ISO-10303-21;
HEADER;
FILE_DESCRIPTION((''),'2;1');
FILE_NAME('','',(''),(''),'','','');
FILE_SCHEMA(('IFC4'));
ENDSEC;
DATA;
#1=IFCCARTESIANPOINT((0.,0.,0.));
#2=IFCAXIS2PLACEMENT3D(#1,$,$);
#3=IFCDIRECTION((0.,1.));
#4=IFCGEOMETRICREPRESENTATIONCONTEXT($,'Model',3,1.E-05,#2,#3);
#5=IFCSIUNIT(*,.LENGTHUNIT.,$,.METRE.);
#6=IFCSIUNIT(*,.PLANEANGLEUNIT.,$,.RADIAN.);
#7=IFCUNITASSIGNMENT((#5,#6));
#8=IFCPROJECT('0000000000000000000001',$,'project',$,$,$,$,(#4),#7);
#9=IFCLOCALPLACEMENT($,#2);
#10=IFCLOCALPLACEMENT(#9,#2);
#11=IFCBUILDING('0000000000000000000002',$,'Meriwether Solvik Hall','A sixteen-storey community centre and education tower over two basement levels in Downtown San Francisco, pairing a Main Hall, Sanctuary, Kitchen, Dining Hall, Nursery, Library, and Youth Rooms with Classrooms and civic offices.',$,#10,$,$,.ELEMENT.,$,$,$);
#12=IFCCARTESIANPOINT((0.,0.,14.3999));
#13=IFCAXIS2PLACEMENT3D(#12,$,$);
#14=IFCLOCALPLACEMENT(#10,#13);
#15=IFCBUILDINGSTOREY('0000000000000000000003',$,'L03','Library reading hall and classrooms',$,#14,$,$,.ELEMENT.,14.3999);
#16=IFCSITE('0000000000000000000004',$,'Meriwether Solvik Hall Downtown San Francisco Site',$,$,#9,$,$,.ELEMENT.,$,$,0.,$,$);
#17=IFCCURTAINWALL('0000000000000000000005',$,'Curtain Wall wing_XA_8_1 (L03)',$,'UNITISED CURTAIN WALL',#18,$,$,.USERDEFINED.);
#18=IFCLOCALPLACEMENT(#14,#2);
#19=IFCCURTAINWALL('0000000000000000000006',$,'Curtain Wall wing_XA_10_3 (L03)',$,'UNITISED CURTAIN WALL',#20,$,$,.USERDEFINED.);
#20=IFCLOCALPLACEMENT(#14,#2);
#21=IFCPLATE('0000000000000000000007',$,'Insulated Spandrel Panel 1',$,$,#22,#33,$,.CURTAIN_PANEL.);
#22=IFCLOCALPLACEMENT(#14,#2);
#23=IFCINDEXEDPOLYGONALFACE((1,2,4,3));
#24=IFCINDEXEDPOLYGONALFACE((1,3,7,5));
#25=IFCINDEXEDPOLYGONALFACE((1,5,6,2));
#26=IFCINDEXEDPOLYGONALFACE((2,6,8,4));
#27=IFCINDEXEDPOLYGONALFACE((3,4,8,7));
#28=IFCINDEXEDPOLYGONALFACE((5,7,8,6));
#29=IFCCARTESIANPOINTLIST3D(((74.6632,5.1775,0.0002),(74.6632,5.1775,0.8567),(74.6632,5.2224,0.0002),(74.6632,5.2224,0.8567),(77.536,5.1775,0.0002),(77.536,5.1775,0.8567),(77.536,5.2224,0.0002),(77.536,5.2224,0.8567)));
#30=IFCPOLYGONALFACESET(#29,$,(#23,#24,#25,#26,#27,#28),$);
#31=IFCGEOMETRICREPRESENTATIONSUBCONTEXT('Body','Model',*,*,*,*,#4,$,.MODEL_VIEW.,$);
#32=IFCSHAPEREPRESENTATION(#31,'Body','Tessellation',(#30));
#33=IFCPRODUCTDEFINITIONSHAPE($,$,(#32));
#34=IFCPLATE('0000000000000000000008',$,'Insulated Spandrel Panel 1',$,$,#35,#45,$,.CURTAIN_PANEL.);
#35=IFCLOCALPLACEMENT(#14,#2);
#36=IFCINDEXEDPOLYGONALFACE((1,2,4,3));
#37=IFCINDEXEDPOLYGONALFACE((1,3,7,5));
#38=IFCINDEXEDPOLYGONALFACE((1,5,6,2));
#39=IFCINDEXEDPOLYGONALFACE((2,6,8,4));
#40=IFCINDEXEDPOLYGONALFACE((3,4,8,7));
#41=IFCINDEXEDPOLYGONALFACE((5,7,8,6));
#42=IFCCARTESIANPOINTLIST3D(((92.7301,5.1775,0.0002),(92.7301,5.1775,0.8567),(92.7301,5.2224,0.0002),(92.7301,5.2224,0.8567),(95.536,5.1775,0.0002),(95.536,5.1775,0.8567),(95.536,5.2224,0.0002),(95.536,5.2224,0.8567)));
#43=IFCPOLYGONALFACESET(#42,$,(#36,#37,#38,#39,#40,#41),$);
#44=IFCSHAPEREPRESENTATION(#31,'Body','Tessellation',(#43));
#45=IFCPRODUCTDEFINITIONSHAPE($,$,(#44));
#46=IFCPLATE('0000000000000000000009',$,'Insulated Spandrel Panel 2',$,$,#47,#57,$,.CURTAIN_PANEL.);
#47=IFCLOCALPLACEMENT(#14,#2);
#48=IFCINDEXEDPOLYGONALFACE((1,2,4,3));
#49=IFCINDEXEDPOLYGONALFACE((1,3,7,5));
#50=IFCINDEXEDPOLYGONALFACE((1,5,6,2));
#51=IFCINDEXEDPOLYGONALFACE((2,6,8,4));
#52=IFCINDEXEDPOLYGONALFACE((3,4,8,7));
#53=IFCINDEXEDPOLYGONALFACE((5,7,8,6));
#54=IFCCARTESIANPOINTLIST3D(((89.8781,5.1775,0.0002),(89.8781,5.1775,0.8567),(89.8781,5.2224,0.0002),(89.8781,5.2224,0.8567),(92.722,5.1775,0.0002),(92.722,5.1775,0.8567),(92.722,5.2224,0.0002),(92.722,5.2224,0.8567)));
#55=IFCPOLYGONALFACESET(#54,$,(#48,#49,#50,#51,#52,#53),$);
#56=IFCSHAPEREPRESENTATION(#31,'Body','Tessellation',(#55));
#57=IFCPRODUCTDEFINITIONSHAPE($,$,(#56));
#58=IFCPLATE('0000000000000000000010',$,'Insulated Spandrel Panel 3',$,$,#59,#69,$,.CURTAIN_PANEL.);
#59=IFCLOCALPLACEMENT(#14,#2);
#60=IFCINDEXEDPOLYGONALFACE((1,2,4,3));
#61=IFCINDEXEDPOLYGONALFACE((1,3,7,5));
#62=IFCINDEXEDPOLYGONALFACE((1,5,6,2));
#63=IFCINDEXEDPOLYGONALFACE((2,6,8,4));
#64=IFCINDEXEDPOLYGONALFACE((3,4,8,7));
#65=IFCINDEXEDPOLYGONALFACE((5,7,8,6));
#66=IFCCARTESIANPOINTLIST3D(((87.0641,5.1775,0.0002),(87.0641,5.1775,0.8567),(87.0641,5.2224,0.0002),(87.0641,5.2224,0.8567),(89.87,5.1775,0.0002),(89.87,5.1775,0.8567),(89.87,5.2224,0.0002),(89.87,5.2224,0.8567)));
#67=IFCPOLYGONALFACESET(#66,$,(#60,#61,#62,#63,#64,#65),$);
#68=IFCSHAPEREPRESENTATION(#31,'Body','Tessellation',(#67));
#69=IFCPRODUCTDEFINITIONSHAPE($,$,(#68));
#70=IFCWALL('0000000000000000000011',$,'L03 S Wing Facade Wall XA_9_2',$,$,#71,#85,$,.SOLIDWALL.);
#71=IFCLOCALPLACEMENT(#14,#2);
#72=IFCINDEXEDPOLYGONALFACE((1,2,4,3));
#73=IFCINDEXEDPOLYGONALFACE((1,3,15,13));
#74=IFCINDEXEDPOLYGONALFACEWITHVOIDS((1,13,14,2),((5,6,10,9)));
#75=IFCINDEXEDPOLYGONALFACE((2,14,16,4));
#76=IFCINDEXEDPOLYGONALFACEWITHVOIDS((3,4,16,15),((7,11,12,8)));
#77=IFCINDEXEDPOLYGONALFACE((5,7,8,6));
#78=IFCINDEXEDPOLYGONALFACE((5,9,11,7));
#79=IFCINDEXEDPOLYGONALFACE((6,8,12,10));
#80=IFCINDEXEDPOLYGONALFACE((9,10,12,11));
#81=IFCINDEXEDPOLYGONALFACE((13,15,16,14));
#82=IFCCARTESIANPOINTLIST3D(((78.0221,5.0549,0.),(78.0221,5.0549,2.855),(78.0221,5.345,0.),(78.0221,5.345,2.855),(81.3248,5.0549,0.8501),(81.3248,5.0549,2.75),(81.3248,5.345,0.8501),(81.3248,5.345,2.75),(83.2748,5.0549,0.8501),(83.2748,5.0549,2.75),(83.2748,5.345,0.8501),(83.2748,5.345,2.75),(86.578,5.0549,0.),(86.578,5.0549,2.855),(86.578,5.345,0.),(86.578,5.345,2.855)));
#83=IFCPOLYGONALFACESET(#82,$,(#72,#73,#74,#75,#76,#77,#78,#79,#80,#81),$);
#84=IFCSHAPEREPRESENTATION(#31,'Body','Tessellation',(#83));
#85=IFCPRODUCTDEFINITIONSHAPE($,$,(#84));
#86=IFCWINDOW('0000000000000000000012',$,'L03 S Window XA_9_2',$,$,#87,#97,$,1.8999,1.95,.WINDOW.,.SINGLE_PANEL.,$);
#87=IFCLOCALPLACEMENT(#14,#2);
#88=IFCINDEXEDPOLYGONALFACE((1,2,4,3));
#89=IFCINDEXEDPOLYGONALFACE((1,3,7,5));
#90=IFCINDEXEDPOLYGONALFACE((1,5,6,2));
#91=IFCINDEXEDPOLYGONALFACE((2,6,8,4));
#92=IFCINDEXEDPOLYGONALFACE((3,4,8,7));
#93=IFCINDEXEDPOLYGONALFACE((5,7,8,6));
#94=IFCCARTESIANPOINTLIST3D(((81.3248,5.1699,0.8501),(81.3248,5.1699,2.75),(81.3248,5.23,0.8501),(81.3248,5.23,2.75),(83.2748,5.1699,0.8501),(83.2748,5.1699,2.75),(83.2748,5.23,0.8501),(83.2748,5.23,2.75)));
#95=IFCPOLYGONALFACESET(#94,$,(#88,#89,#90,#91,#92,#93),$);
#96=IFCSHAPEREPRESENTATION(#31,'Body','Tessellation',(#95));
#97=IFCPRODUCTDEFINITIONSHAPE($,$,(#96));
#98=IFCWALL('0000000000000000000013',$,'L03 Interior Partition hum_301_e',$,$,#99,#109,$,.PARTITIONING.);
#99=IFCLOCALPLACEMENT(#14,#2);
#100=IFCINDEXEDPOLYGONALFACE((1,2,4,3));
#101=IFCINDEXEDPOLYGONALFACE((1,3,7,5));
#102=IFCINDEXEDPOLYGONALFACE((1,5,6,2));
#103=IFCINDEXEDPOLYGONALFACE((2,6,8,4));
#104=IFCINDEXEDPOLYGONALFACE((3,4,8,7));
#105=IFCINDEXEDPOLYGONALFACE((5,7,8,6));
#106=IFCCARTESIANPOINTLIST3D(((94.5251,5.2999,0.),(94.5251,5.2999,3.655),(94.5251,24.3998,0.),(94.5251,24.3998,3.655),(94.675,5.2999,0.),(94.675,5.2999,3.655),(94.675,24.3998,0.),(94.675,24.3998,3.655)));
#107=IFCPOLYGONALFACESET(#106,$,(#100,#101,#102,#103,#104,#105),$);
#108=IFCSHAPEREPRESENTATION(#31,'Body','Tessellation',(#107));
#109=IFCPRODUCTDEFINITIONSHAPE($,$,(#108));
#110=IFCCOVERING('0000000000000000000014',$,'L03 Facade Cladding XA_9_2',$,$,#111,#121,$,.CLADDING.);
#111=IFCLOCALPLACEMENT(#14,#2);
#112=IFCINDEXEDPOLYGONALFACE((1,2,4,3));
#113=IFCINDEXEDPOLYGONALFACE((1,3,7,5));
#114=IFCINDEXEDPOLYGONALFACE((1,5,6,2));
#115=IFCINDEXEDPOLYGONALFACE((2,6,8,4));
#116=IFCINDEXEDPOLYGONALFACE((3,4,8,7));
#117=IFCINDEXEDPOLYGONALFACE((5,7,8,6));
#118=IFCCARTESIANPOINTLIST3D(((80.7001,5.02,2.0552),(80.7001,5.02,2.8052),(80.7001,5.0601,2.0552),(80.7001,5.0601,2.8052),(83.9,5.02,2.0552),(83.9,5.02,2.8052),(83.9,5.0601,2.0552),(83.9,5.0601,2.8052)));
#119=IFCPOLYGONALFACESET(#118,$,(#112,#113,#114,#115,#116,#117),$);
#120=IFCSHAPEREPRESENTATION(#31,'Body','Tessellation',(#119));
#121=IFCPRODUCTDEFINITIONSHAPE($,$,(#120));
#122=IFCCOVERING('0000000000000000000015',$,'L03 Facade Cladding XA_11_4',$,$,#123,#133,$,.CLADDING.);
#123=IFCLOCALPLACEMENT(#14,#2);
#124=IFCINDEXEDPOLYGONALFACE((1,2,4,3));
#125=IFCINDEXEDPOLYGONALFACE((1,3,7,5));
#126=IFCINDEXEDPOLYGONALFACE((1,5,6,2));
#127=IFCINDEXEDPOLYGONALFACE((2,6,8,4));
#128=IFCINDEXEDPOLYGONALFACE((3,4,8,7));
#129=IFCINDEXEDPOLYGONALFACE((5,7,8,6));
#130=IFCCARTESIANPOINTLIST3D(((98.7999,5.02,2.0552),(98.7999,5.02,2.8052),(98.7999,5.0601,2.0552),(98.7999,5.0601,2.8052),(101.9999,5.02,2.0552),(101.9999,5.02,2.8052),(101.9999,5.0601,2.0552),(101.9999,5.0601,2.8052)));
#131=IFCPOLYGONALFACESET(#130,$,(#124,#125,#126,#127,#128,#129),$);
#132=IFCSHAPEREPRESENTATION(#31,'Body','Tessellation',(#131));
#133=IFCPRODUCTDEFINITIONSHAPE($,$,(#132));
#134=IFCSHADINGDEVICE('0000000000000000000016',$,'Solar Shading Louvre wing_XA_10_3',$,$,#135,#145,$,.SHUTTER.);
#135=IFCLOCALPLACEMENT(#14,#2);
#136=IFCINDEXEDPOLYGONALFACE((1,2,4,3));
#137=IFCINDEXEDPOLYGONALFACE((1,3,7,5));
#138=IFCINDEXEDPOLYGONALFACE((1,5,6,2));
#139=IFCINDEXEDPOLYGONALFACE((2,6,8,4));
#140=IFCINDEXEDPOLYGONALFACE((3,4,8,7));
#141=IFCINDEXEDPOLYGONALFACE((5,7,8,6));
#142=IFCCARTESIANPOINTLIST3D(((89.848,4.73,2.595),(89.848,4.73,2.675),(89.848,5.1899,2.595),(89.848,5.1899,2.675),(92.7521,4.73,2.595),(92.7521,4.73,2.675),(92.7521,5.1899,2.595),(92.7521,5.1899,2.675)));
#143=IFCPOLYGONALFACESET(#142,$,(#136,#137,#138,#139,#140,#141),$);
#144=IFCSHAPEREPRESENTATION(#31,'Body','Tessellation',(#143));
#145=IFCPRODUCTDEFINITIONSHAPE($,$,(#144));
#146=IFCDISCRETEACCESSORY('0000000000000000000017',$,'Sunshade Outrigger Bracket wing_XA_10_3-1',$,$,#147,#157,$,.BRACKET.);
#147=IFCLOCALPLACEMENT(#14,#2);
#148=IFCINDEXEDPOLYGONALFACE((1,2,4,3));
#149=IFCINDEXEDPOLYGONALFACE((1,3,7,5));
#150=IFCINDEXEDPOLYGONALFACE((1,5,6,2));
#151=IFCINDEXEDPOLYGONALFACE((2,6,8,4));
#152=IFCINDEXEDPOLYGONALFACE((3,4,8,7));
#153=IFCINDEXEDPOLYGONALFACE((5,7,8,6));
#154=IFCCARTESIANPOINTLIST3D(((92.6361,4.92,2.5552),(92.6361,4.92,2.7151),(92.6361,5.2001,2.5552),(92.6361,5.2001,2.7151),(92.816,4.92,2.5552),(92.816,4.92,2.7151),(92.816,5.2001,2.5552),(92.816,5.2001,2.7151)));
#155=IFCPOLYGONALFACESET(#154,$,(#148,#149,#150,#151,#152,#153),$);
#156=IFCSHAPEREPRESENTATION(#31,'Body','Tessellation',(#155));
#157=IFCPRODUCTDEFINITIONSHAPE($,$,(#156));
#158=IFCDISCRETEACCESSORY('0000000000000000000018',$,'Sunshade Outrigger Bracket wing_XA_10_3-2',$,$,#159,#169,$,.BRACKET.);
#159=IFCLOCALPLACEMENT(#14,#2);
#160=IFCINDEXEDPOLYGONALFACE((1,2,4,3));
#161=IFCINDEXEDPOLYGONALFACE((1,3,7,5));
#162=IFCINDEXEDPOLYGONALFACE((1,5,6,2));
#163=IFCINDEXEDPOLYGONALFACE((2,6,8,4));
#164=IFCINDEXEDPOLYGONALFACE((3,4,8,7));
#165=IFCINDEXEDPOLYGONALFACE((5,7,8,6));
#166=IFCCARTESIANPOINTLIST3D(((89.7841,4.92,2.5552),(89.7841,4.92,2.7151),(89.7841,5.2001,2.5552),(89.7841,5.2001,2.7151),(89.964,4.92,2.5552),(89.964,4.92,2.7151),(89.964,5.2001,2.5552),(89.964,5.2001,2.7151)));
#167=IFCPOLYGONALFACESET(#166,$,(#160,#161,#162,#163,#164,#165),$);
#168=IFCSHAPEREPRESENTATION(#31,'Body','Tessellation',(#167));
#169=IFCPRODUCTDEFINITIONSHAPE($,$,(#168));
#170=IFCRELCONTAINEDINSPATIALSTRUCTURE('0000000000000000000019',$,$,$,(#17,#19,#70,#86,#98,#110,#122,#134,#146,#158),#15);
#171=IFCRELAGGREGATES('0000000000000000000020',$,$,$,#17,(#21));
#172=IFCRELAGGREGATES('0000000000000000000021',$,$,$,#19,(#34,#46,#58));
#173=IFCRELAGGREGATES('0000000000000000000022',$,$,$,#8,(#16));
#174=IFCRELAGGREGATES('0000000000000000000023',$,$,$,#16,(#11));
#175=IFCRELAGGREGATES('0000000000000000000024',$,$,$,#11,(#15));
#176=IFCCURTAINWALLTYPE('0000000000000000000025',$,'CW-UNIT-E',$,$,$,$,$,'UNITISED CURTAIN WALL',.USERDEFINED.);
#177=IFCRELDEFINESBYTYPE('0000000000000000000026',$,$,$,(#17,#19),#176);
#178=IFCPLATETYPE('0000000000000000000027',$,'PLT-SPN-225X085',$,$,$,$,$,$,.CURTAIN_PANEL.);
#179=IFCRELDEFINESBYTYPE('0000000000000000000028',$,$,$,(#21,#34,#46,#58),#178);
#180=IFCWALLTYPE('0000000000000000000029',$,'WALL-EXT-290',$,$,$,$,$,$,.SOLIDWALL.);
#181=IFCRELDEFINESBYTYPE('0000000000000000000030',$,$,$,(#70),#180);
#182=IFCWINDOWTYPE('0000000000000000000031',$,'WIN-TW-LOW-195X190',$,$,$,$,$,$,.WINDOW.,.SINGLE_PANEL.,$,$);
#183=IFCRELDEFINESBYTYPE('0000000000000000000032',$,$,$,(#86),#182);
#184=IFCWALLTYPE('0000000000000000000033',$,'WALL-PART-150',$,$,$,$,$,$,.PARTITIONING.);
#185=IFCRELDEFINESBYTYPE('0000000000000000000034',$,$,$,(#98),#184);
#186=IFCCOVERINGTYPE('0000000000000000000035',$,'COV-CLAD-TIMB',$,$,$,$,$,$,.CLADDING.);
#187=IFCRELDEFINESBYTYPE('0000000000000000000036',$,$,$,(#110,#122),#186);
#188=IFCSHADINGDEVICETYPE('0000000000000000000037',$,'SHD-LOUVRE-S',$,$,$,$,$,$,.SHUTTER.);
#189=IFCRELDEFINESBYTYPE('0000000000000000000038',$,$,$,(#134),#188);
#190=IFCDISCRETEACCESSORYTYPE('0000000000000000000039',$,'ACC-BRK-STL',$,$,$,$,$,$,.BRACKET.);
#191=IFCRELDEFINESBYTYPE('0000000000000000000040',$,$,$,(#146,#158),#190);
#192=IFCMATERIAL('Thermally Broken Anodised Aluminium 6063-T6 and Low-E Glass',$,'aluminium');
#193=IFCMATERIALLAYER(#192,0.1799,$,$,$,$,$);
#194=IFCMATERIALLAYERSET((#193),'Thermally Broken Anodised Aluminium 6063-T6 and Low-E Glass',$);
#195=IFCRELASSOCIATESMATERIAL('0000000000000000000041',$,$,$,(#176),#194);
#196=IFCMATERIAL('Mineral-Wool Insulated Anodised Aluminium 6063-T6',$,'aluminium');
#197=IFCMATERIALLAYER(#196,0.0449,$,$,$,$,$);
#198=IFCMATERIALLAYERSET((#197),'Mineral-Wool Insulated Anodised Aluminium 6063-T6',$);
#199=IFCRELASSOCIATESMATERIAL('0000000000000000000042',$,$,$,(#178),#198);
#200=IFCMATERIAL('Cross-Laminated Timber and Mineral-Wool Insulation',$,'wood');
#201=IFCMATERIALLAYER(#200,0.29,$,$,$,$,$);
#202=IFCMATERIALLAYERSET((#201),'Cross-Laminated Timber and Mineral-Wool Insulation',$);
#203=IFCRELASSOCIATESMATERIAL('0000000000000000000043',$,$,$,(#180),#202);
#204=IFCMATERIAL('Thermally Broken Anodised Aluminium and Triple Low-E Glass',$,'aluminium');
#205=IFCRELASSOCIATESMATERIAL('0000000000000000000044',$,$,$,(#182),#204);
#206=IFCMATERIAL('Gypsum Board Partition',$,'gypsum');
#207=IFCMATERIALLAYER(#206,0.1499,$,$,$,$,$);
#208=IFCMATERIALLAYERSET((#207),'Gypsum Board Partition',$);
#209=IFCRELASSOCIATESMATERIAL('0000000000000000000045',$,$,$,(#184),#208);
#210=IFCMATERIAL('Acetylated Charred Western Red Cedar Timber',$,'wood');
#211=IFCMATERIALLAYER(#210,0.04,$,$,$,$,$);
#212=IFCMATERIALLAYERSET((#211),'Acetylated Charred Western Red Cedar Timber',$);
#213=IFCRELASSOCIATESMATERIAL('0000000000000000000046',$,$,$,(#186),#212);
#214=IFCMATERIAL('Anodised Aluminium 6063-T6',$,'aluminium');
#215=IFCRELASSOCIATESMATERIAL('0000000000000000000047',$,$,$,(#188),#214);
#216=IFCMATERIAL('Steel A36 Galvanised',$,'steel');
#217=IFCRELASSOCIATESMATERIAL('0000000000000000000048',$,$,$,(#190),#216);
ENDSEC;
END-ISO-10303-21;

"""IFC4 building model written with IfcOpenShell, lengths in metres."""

from ifc_helpers import new_model, si_unit, direction, frame, frame_2d, origin, origin_2d, place, context, subcontext, project, spatial, rectangle, extrude, material, layer, layer_set, type_object, element, fill, aggregate, save


model = new_model("IFC4")

# Units and contexts
model_context = context("Model", 3, precision=1e-05, world=origin(), true_north=direction((0.0, 1.0)))
body_context = subcontext(model_context, "Body", "Model", "MODEL_VIEW")
ifc_project = project(units=[si_unit("LENGTHUNIT", "METRE"), si_unit("PLANEANGLEUNIT", "RADIAN")], contexts=[model_context])

# Site, building, storey
site_placement = place(None, origin())
site = spatial("IfcSite", under=ifc_project, at=site_placement, Name="Meriwether Solvik Hall Downtown San Francisco Site", CompositionType="ELEMENT", RefElevation=0.0)
building_placement = place(site_placement, origin())
building = spatial("IfcBuilding", under=site, at=building_placement, Name="Meriwether Solvik Hall", Description="A sixteen-storey community centre and education tower over two basement levels in Downtown San Francisco, pairing a Main Hall, Sanctuary, Kitchen, Dining Hall, Nursery, Library, and Youth Rooms with Classrooms and civic offices.", CompositionType="ELEMENT")
storey_placement = place(building_placement, frame((0.0, 0.0, 14.3999)))
storey = spatial("IfcBuildingStorey", under=building, at=storey_placement, Name="L03", Description="Library reading hall and classrooms", CompositionType="ELEMENT", Elevation=14.3999)

# Curtain wall
ifc_material_1 = material(Name="Thermally Broken Anodised Aluminium 6063-T6 and Low-E Glass", Category="aluminium")
ifc_layer_1 = layer(ifc_material_1, 0.1799)
ifc_layer_set_1 = layer_set([ifc_layer_1], Name="Thermally Broken Anodised Aluminium 6063-T6 and Low-E Glass")
curtain_wall_type = type_object("IfcCurtainWallType", Name="CW-UNIT-E", ElementType="UNITISED CURTAIN WALL", PredefinedType="USERDEFINED", material=ifc_layer_set_1)
curtain_wall_1_placement = place(storey_placement, origin())
curtain_wall_1 = element("IfcCurtainWall", 1, at=curtain_wall_1_placement, inside=storey, type_object=curtain_wall_type, Name="Curtain Wall wing_XA_8_1 (L03)", ObjectType="UNITISED CURTAIN WALL", PredefinedType="USERDEFINED")

# Curtain wall
curtain_wall_2_placement = place(storey_placement, origin())
curtain_wall_2 = element("IfcCurtainWall", 2, at=curtain_wall_2_placement, inside=storey, type_object=curtain_wall_type, Name="Curtain Wall wing_XA_10_3 (L03)", ObjectType="UNITISED CURTAIN WALL", PredefinedType="USERDEFINED")

# Plates
ifc_material_2 = material(Name="Mineral-Wool Insulated Anodised Aluminium 6063-T6", Category="aluminium")
ifc_layer_2 = layer(ifc_material_2, 0.0449)
ifc_layer_set_2 = layer_set([ifc_layer_2], Name="Mineral-Wool Insulated Anodised Aluminium 6063-T6")
plate_type_1 = type_object("IfcPlateType", Name="PLT-SPN-225X085", PredefinedType="CURTAIN_PANEL", material=ifc_layer_set_2)
plate_1_placement = place(storey_placement, frame((76.0996, 5.2, 0.0002), z_axis=(0.0, 0.0, 1.0), x_axis=(-1.0, 0.0, 0.0)))
plate_1 = element("IfcPlate", 3, at=plate_1_placement, type_object=plate_type_1, Name="Insulated Spandrel Panel 1", PredefinedType="CURTAIN_PANEL", context=body_context, shape_type="SweptSolid", body=[
    extrude(rectangle(XDim=2.8728, YDim=0.0449, at=origin_2d()), origin(), (0.0, 0.0, 1.0), 0.8564),
])
aggregate(curtain_wall_1, [plate_1])
plate_2_placement = place(storey_placement, frame((94.1331, 5.2, 0.0002), z_axis=(0.0, 0.0, 1.0), x_axis=(-1.0, 0.0, 0.0)))
plate_2 = element("IfcPlate", 4, at=plate_2_placement, type_object=plate_type_1, Name="Insulated Spandrel Panel 1", PredefinedType="CURTAIN_PANEL", context=body_context, shape_type="SweptSolid", body=[
    extrude(rectangle(XDim=2.8059, YDim=0.0449, at=origin_2d()), origin(), (0.0, 0.0, 1.0), 0.8564),
])
plate_3_placement = place(storey_placement, frame((91.3, 5.2, 0.0002), z_axis=(0.0, 0.0, 1.0), x_axis=(-1.0, 0.0, 0.0)))
plate_3 = element("IfcPlate", 5, at=plate_3_placement, type_object=plate_type_1, Name="Insulated Spandrel Panel 2", PredefinedType="CURTAIN_PANEL", context=body_context, shape_type="SweptSolid", body=[
    extrude(rectangle(XDim=2.844, YDim=0.0449, at=origin_2d()), origin(), (0.0, 0.0, 1.0), 0.8564),
])
plate_4_placement = place(storey_placement, frame((88.467, 5.2, 0.0002), z_axis=(0.0, 0.0, 1.0), x_axis=(-1.0, 0.0, 0.0)))
plate_4 = element("IfcPlate", 6, at=plate_4_placement, type_object=plate_type_1, Name="Insulated Spandrel Panel 3", PredefinedType="CURTAIN_PANEL", context=body_context, shape_type="SweptSolid", body=[
    extrude(rectangle(XDim=2.8059, YDim=0.0449, at=origin_2d()), origin(), (0.0, 0.0, 1.0), 0.8564),
])
aggregate(curtain_wall_2, [plate_2, plate_3, plate_4])

# Wall, opening, window
ifc_material_3 = material(Name="Cross-Laminated Timber and Mineral-Wool Insulation", Category="wood")
ifc_layer_3 = layer(ifc_material_3, 0.29)
ifc_layer_set_3 = layer_set([ifc_layer_3], Name="Cross-Laminated Timber and Mineral-Wool Insulation")
wall_type_1 = type_object("IfcWallType", Name="WALL-EXT-290", PredefinedType="SOLIDWALL", material=ifc_layer_set_3)
wall_1_placement = place(storey_placement, frame((86.5779, 5.2, 0.0), z_axis=(0.0, 0.0, 1.0), x_axis=(-1.0, 0.0, 0.0)))
wall_1 = element("IfcWall", 7, at=wall_1_placement, inside=storey, type_object=wall_type_1, Name="L03 S Wing Facade Wall XA_9_2", PredefinedType="SOLIDWALL", context=body_context, shape_type="SweptSolid", body=[
    extrude(rectangle(XDim=8.5559, YDim=0.29, at=frame_2d((4.2778, 0.0))), origin(), (0.0, 0.0, 1.0), 2.855),
])
opening_placement = place(wall_1_placement, frame((3.303, 0.0, 0.8501)))
opening = element("IfcOpeningElement", 8, at=opening_placement, cuts=wall_1, PredefinedType="OPENING", context=body_context, shape_type="SweptSolid", body=[
    extrude(rectangle(XDim=1.95, YDim=1.8999, at=frame_2d((0.9751, 0.95))), frame((0.0, 0.157, 0.0), z_axis=(0.0, -1.0, 0.0), x_axis=(1.0, 0.0, 0.0)), (0.0, 0.0, 1.0), 0.314),
])
ifc_material_4 = material(Name="Thermally Broken Anodised Aluminium and Triple Low-E Glass", Category="aluminium")
window_type = type_object("IfcWindowType", Name="WIN-TW-LOW-195X190", PartitioningType="SINGLE_PANEL", PredefinedType="WINDOW", material=ifc_material_4)
window_placement = place(opening_placement, origin())
window = element("IfcWindow", 9, at=window_placement, inside=storey, type_object=window_type, Name="L03 S Window XA_9_2", OverallHeight=1.8999, OverallWidth=1.95, PartitioningType="SINGLE_PANEL", PredefinedType="WINDOW", context=body_context, shape_type="SweptSolid", body=[
    extrude(rectangle(XDim=1.95, YDim=1.8999, at=frame_2d((0.9751, 0.95))), frame((0.0, 0.03, 0.0), z_axis=(0.0, -1.0, 0.0), x_axis=(1.0, 0.0, 0.0)), (0.0, 0.0, 1.0), 0.0601),
])
fill(opening, window)

# Wall
ifc_material_5 = material(Name="Gypsum Board Partition", Category="gypsum")
ifc_layer_4 = layer(ifc_material_5, 0.1499)
ifc_layer_set_4 = layer_set([ifc_layer_4], Name="Gypsum Board Partition")
wall_type_2 = type_object("IfcWallType", Name="WALL-PART-150", PredefinedType="PARTITIONING", material=ifc_layer_set_4)
wall_2_placement = place(storey_placement, frame((94.6001, 5.3, 0.0), z_axis=(0.0, 0.0, 1.0), x_axis=(0.0, 1.0, 0.0)))
element("IfcWall", 10, at=wall_2_placement, inside=storey, type_object=wall_type_2, Name="L03 Interior Partition hum_301_e", PredefinedType="PARTITIONING", context=body_context, shape_type="SweptSolid", body=[
    extrude(rectangle(XDim=19.0999, YDim=0.1499, at=frame_2d((9.5498, 0.0))), origin(), (0.0, 0.0, 1.0), 3.655),
])

# Coverings
ifc_material_6 = material(Name="Acetylated Charred Western Red Cedar Timber", Category="wood")
ifc_layer_5 = layer(ifc_material_6, 0.04)
ifc_layer_set_5 = layer_set([ifc_layer_5], Name="Acetylated Charred Western Red Cedar Timber")
covering_type = type_object("IfcCoveringType", Name="COV-CLAD-TIMB", PredefinedType="CLADDING", material=ifc_layer_set_5)
for number, where, z_axis, x_axis, name in (
    (11, (82.3, 5.04, 2.0552), (0.0, 0.0, 1.0), (-1.0, 0.0, 0.0), "L03 Facade Cladding XA_9_2"),
    (12, (100.3999, 5.04, 2.0552), (0.0, 0.0, 1.0), (-1.0, 0.0, 0.0), "L03 Facade Cladding XA_11_4"),
):
    element("IfcCovering", number, at=place(storey_placement, frame(where, z_axis=z_axis, x_axis=x_axis)), inside=storey, type_object=covering_type, Name=name, PredefinedType="CLADDING", context=body_context, shape_type="SweptSolid", body=[
        extrude(rectangle(XDim=3.2, YDim=0.04, at=origin_2d()), origin(), (0.0, 0.0, 1.0), 0.75),
    ])

# Shading device
ifc_material_7 = material(Name="Anodised Aluminium 6063-T6", Category="aluminium")
shading_device_type = type_object("IfcShadingDeviceType", Name="SHD-LOUVRE-S", PredefinedType="SHUTTER", material=ifc_material_7)
shading_device_placement = place(storey_placement, frame((91.3, 4.96, 2.595), z_axis=(0.0, 0.0, 1.0), x_axis=(-1.0, 0.0, 0.0)))
element("IfcShadingDevice", 13, at=shading_device_placement, inside=storey, type_object=shading_device_type, Name="Solar Shading Louvre wing_XA_10_3", PredefinedType="SHUTTER", context=body_context, shape_type="SweptSolid", body=[
    extrude(rectangle(XDim=2.9041, YDim=0.46, at=origin_2d()), origin(), (0.0, 0.0, 1.0), 0.0801),
])

# Discrete accessories
ifc_material_8 = material(Name="Steel A36 Galvanised", Category="steel")
discrete_accessory_type = type_object("IfcDiscreteAccessoryType", Name="ACC-BRK-STL", PredefinedType="BRACKET", material=ifc_material_8)
for number, where, z_axis, x_axis, name in (
    (14, (92.7261, 5.0601, 2.5552), (0.0, 0.0, 1.0), (-1.0, 0.0, 0.0), "Sunshade Outrigger Bracket wing_XA_10_3-1"),
    (15, (89.874, 5.0601, 2.5552), (0.0, 0.0, 1.0), (-1.0, 0.0, 0.0), "Sunshade Outrigger Bracket wing_XA_10_3-2"),
):
    element("IfcDiscreteAccessory", number, at=place(storey_placement, frame(where, z_axis=z_axis, x_axis=x_axis)), inside=storey, type_object=discrete_accessory_type, Name=name, PredefinedType="BRACKET", context=body_context, shape_type="SweptSolid", body=[
        extrude(rectangle(XDim=0.1799, YDim=0.28, at=origin_2d()), origin(), (0.0, 0.0, 1.0), 0.1599),
    ])

save(model, "model.ifc")
